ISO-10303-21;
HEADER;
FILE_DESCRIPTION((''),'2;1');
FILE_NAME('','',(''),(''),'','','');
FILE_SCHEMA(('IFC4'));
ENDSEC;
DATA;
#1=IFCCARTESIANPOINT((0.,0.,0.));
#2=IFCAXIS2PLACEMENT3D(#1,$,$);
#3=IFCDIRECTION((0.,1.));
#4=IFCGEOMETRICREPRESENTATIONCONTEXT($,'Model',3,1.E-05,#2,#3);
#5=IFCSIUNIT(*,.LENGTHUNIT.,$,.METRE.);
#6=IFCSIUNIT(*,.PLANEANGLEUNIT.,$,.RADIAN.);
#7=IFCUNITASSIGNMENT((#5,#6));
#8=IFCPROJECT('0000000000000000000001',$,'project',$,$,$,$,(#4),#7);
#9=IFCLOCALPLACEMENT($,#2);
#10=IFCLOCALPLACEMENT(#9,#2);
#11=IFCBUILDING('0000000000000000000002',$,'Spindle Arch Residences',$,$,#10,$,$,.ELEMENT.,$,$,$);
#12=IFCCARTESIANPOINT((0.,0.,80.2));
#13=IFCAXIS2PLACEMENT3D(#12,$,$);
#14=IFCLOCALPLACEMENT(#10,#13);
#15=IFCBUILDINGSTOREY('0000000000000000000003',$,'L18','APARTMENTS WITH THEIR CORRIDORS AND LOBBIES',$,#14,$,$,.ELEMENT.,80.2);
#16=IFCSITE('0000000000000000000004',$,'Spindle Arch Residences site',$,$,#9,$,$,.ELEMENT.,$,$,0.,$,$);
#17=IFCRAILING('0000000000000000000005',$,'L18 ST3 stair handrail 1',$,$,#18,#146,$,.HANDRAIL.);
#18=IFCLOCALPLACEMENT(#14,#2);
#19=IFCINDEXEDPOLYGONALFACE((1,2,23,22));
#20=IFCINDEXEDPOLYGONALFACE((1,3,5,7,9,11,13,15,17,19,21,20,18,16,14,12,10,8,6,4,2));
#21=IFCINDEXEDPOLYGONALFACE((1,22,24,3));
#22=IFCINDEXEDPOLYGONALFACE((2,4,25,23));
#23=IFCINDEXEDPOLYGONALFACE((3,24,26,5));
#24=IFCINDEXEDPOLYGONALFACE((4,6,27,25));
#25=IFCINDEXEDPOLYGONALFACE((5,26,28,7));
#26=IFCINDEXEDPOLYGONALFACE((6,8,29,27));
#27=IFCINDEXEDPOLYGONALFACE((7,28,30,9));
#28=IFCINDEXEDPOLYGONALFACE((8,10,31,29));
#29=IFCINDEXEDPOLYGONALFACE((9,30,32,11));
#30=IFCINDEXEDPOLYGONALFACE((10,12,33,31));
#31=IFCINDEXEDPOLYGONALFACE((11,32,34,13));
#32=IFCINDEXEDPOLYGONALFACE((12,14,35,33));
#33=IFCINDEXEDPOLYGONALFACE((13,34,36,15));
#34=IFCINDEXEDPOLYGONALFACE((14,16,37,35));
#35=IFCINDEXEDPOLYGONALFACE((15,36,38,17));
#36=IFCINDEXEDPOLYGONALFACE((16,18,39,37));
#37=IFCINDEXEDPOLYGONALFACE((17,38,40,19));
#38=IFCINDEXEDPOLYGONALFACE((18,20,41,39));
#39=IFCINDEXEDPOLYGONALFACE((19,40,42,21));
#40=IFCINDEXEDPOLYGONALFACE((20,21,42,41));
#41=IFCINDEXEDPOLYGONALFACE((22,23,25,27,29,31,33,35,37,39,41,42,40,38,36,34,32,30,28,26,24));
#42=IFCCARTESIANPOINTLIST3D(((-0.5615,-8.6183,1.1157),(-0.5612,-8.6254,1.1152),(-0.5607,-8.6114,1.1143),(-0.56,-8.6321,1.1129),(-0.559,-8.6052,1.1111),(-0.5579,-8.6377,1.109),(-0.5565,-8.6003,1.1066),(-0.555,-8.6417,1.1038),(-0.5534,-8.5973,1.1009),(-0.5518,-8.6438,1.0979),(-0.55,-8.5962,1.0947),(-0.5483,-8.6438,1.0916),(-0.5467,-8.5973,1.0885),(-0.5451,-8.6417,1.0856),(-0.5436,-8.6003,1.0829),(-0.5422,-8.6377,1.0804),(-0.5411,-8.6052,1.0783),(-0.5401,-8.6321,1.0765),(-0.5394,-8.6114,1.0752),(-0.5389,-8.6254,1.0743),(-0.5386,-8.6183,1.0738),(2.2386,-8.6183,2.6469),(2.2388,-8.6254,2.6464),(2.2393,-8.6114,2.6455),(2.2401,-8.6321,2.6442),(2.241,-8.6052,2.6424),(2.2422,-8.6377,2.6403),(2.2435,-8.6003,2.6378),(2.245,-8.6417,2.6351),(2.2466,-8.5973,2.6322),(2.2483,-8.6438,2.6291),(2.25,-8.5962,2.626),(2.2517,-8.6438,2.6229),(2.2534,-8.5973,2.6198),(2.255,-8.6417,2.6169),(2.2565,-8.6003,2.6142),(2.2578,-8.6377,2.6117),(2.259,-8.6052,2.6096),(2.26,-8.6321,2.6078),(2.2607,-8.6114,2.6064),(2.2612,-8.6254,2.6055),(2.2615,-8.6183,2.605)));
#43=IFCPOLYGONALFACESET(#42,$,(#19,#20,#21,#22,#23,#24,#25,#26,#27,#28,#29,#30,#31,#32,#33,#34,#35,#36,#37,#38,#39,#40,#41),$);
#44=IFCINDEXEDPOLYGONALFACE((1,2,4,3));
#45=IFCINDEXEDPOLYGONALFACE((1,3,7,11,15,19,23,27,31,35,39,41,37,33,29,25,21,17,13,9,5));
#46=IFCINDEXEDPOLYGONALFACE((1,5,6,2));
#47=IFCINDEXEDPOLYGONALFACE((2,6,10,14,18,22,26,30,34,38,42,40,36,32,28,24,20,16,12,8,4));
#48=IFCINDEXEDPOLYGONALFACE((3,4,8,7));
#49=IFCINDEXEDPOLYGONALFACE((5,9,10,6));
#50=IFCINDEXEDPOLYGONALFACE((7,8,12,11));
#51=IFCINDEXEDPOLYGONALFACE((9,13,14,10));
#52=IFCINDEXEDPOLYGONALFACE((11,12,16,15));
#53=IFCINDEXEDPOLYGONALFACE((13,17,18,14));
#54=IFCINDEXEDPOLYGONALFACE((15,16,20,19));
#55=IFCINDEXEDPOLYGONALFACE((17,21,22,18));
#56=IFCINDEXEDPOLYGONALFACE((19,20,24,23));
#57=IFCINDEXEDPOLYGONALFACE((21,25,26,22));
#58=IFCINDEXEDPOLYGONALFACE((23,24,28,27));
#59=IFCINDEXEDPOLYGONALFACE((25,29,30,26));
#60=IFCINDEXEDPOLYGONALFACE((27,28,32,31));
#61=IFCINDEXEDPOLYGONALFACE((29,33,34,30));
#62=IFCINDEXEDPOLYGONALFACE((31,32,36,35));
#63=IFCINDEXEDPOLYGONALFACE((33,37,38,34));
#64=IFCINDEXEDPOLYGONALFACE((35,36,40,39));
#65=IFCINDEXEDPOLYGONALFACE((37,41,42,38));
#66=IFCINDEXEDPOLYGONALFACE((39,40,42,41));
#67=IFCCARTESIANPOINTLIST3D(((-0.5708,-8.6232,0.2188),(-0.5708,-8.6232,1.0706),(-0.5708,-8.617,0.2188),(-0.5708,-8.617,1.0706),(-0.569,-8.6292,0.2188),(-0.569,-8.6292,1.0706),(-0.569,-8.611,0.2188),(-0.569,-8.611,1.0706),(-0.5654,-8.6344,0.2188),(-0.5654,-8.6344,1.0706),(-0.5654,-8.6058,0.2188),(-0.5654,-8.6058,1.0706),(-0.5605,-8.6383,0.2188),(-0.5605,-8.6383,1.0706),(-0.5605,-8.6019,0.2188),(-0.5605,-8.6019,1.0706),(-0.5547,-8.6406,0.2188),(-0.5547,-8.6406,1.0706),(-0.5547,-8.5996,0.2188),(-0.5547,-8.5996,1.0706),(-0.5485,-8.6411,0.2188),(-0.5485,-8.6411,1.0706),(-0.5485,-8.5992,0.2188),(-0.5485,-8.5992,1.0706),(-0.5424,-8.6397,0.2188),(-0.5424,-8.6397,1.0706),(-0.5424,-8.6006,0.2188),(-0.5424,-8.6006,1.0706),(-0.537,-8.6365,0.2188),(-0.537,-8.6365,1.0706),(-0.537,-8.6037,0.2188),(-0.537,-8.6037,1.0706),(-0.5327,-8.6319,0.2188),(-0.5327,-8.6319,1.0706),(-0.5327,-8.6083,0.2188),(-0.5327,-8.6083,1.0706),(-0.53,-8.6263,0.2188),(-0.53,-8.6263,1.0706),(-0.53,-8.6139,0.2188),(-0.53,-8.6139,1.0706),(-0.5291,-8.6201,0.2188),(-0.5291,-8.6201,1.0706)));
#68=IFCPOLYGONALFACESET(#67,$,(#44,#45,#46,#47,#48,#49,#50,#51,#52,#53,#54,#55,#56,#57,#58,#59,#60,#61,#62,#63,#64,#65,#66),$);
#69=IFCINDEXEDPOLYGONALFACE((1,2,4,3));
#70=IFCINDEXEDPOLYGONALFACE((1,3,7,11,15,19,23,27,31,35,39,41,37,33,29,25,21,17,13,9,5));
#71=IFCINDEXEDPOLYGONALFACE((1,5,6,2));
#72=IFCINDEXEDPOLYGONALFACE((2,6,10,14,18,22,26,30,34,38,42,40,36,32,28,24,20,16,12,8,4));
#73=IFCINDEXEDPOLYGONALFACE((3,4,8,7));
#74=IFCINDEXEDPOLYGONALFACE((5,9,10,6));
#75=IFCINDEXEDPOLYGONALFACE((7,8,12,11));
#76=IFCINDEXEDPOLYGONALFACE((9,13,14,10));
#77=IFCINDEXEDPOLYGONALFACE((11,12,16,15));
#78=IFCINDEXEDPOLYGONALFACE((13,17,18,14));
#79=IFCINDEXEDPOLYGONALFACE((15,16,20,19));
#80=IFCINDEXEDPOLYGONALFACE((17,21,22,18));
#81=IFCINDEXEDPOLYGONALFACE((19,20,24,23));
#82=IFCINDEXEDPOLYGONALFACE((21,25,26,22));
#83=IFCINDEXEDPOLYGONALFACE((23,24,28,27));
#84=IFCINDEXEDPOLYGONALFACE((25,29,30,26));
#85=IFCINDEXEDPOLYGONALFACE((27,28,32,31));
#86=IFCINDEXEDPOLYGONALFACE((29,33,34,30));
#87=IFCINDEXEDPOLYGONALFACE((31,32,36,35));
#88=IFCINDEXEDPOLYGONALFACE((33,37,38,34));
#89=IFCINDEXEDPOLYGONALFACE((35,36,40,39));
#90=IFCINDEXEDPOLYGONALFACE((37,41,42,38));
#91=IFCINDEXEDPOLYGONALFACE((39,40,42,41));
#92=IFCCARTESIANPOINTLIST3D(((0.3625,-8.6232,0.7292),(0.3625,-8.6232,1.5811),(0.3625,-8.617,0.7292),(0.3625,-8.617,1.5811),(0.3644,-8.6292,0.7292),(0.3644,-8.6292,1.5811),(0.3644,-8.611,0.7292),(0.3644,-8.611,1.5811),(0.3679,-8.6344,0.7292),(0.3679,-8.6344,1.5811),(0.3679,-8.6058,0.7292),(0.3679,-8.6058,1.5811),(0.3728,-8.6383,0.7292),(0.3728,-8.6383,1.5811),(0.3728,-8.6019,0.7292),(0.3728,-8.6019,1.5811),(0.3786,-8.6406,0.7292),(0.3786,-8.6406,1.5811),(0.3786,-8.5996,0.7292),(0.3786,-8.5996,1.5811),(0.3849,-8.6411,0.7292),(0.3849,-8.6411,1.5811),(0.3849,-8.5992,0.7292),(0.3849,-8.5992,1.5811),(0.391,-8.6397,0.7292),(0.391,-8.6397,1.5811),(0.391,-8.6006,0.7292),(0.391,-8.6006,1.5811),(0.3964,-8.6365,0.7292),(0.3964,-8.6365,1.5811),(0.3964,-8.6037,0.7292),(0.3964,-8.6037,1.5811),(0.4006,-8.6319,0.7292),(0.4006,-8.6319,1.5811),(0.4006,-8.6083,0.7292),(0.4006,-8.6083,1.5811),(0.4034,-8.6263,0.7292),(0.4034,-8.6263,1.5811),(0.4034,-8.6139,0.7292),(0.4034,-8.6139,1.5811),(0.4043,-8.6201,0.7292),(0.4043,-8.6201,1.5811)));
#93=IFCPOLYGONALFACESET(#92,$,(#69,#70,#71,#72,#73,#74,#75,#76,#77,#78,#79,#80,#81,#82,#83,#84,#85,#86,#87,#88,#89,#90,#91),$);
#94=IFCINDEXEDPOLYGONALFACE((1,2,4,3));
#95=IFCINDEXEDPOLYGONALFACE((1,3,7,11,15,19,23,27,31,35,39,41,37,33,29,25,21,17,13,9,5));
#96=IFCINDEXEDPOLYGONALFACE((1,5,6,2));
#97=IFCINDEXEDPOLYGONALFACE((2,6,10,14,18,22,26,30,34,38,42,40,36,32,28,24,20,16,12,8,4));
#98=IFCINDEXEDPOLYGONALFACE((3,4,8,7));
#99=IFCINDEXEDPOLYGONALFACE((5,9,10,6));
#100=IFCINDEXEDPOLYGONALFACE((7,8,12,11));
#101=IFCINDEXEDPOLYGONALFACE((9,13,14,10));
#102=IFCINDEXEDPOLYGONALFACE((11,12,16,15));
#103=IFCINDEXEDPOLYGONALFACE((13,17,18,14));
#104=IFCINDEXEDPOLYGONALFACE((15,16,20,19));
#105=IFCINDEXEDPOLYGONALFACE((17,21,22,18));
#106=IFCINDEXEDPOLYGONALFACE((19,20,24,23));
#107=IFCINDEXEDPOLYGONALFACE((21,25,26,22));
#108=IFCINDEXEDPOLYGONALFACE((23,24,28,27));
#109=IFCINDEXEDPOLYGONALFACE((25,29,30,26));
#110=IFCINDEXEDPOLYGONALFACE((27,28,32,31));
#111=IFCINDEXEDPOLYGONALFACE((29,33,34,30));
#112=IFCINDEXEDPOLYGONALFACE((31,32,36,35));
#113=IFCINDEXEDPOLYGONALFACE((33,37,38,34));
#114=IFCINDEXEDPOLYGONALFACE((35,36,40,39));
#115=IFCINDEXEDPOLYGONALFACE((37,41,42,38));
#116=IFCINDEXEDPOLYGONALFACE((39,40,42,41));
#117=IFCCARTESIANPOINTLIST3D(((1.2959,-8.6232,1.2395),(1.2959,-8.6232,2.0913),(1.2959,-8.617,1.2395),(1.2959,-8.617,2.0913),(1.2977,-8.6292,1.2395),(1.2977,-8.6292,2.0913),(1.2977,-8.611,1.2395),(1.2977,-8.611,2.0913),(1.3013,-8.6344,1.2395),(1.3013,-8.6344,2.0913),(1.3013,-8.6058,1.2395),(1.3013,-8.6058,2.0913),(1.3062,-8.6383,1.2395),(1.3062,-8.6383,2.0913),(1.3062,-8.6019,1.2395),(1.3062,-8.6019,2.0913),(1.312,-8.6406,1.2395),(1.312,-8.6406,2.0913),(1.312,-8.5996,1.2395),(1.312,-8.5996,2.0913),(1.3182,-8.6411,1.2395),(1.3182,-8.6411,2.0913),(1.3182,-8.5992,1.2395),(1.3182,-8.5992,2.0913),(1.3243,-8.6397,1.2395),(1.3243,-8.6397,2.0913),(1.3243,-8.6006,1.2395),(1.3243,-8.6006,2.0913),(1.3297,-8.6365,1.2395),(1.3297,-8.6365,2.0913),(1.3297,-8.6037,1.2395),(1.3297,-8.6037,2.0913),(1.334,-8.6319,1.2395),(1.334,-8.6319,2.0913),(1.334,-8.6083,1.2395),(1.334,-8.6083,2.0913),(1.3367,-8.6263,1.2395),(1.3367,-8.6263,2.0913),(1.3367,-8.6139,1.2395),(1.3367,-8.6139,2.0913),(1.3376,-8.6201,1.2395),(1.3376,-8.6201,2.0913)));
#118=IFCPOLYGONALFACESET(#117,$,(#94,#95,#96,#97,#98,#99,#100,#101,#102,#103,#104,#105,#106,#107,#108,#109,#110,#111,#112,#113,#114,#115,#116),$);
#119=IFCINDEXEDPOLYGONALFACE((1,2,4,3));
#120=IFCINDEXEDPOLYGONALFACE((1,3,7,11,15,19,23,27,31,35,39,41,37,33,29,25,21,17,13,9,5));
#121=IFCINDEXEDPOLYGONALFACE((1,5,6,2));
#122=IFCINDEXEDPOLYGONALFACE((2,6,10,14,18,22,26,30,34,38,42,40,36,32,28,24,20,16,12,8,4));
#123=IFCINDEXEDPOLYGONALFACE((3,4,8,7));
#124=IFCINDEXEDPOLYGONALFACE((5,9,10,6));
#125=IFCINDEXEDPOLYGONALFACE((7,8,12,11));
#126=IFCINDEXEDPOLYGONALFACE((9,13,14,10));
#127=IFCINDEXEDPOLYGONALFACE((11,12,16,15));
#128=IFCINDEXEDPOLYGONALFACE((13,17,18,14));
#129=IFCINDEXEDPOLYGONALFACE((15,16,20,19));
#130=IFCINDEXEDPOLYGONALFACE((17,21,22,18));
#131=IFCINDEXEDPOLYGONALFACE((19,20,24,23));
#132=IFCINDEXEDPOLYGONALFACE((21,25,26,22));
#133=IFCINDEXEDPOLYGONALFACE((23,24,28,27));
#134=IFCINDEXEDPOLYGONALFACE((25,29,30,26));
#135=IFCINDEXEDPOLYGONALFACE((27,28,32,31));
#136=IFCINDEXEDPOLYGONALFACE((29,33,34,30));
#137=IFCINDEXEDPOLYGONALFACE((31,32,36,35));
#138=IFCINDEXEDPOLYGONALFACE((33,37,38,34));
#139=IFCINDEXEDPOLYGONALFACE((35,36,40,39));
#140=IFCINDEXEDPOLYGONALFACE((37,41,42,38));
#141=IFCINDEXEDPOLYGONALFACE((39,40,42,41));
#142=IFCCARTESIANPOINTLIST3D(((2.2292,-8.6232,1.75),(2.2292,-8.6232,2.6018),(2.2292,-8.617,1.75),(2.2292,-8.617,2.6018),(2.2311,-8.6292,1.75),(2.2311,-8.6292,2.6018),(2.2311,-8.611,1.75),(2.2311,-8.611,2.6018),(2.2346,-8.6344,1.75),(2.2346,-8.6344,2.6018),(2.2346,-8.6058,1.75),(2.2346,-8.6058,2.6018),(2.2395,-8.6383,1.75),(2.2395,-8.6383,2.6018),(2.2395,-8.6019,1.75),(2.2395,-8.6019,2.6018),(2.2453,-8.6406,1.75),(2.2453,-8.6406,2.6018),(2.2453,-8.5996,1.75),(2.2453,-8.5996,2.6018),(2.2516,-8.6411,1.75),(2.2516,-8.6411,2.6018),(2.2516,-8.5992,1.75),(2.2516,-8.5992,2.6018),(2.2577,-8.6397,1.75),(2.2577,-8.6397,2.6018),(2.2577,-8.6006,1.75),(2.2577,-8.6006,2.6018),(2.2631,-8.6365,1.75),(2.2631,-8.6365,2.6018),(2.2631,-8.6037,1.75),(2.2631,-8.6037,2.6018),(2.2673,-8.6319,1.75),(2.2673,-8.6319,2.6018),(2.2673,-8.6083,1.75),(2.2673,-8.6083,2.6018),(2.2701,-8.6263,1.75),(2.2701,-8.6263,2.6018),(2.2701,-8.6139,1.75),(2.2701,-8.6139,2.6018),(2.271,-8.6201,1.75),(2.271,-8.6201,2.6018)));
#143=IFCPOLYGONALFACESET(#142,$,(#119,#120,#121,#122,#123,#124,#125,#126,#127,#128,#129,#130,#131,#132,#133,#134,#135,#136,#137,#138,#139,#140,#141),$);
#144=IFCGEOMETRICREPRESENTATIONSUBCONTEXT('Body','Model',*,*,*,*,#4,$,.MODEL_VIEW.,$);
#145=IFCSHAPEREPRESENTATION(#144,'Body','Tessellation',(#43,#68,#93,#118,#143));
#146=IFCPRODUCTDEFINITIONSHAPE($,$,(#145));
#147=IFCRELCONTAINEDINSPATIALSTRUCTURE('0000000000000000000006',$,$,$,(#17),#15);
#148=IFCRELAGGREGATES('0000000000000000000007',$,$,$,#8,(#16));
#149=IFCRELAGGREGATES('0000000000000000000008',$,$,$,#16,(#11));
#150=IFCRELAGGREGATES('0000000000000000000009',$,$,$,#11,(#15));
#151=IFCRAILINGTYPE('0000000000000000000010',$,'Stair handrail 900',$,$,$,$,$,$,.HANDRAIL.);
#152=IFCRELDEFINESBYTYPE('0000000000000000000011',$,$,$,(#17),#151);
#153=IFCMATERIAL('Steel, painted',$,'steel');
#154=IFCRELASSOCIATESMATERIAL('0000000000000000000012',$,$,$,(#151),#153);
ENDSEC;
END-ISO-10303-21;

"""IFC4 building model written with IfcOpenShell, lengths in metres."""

from ifc_helpers import new_model, si_unit, direction, frame, origin, origin_2d, place, context, subcontext, project, spatial, circle, extrude, material, type_object, element, save


model = new_model("IFC4")

# Units and contexts
model_context = context("Model", 3, precision=1e-05, world=origin(), true_north=direction((0.0, 1.0)))
body_context = subcontext(model_context, "Body", "Model", "MODEL_VIEW")
ifc_project = project(units=[si_unit("LENGTHUNIT", "METRE"), si_unit("PLANEANGLEUNIT", "RADIAN")], contexts=[model_context])

# Site, building, storey
site_placement = place(None, origin())
site = spatial("IfcSite", under=ifc_project, at=site_placement, Name="Spindle Arch Residences site", CompositionType="ELEMENT", RefElevation=0.0)
building_placement = place(site_placement, origin())
building = spatial("IfcBuilding", under=site, at=building_placement, Name="Spindle Arch Residences", CompositionType="ELEMENT")
storey_placement = place(building_placement, frame((0.0, 0.0, 80.2)))
storey = spatial("IfcBuildingStorey", under=building, at=storey_placement, Name="L18", Description="APARTMENTS WITH THEIR CORRIDORS AND LOBBIES", CompositionType="ELEMENT", Elevation=80.2)

# Railing
ifc_material_1 = material(Name="Steel, painted", Category="steel")
railing_type_1 = type_object("IfcRailingType", Name="Stair handrail 900", PredefinedType="HANDRAIL", material=ifc_material_1)
railing_1_placement = place(storey_placement, frame((-0.55, -8.6201, 0.2188)))
element("IfcRailing", 1, at=railing_1_placement, inside=storey, type_object=railing_type_1, Name="L18 ST3 stair handrail 1", PredefinedType="HANDRAIL", context=body_context, shape_type="SweptSolid", body=[
    extrude(circle(Radius=0.0239, at=origin_2d()), frame((0.0, 0.0, 0.876), z_axis=(0.877375, 0.0, 0.479806), x_axis=(0.0, 1.0, 0.0)), (0.0, 0.0, 1.0), 3.1914),
    extrude(circle(Radius=0.021, at=origin_2d()), origin(), (0.0, 0.0, 1.0), 0.8518),
    extrude(circle(Radius=0.021, at=origin_2d()), frame((0.9333, 0.0, 0.5105)), (0.0, 0.0, 1.0), 0.8518),
    extrude(circle(Radius=0.021, at=origin_2d()), frame((1.8667, 0.0, 1.0208)), (0.0, 0.0, 1.0), 0.8518),
    extrude(circle(Radius=0.021, at=origin_2d()), frame((2.8, 0.0, 1.5312)), (0.0, 0.0, 1.0), 0.8518),
])

save(model, "model.ifc")
